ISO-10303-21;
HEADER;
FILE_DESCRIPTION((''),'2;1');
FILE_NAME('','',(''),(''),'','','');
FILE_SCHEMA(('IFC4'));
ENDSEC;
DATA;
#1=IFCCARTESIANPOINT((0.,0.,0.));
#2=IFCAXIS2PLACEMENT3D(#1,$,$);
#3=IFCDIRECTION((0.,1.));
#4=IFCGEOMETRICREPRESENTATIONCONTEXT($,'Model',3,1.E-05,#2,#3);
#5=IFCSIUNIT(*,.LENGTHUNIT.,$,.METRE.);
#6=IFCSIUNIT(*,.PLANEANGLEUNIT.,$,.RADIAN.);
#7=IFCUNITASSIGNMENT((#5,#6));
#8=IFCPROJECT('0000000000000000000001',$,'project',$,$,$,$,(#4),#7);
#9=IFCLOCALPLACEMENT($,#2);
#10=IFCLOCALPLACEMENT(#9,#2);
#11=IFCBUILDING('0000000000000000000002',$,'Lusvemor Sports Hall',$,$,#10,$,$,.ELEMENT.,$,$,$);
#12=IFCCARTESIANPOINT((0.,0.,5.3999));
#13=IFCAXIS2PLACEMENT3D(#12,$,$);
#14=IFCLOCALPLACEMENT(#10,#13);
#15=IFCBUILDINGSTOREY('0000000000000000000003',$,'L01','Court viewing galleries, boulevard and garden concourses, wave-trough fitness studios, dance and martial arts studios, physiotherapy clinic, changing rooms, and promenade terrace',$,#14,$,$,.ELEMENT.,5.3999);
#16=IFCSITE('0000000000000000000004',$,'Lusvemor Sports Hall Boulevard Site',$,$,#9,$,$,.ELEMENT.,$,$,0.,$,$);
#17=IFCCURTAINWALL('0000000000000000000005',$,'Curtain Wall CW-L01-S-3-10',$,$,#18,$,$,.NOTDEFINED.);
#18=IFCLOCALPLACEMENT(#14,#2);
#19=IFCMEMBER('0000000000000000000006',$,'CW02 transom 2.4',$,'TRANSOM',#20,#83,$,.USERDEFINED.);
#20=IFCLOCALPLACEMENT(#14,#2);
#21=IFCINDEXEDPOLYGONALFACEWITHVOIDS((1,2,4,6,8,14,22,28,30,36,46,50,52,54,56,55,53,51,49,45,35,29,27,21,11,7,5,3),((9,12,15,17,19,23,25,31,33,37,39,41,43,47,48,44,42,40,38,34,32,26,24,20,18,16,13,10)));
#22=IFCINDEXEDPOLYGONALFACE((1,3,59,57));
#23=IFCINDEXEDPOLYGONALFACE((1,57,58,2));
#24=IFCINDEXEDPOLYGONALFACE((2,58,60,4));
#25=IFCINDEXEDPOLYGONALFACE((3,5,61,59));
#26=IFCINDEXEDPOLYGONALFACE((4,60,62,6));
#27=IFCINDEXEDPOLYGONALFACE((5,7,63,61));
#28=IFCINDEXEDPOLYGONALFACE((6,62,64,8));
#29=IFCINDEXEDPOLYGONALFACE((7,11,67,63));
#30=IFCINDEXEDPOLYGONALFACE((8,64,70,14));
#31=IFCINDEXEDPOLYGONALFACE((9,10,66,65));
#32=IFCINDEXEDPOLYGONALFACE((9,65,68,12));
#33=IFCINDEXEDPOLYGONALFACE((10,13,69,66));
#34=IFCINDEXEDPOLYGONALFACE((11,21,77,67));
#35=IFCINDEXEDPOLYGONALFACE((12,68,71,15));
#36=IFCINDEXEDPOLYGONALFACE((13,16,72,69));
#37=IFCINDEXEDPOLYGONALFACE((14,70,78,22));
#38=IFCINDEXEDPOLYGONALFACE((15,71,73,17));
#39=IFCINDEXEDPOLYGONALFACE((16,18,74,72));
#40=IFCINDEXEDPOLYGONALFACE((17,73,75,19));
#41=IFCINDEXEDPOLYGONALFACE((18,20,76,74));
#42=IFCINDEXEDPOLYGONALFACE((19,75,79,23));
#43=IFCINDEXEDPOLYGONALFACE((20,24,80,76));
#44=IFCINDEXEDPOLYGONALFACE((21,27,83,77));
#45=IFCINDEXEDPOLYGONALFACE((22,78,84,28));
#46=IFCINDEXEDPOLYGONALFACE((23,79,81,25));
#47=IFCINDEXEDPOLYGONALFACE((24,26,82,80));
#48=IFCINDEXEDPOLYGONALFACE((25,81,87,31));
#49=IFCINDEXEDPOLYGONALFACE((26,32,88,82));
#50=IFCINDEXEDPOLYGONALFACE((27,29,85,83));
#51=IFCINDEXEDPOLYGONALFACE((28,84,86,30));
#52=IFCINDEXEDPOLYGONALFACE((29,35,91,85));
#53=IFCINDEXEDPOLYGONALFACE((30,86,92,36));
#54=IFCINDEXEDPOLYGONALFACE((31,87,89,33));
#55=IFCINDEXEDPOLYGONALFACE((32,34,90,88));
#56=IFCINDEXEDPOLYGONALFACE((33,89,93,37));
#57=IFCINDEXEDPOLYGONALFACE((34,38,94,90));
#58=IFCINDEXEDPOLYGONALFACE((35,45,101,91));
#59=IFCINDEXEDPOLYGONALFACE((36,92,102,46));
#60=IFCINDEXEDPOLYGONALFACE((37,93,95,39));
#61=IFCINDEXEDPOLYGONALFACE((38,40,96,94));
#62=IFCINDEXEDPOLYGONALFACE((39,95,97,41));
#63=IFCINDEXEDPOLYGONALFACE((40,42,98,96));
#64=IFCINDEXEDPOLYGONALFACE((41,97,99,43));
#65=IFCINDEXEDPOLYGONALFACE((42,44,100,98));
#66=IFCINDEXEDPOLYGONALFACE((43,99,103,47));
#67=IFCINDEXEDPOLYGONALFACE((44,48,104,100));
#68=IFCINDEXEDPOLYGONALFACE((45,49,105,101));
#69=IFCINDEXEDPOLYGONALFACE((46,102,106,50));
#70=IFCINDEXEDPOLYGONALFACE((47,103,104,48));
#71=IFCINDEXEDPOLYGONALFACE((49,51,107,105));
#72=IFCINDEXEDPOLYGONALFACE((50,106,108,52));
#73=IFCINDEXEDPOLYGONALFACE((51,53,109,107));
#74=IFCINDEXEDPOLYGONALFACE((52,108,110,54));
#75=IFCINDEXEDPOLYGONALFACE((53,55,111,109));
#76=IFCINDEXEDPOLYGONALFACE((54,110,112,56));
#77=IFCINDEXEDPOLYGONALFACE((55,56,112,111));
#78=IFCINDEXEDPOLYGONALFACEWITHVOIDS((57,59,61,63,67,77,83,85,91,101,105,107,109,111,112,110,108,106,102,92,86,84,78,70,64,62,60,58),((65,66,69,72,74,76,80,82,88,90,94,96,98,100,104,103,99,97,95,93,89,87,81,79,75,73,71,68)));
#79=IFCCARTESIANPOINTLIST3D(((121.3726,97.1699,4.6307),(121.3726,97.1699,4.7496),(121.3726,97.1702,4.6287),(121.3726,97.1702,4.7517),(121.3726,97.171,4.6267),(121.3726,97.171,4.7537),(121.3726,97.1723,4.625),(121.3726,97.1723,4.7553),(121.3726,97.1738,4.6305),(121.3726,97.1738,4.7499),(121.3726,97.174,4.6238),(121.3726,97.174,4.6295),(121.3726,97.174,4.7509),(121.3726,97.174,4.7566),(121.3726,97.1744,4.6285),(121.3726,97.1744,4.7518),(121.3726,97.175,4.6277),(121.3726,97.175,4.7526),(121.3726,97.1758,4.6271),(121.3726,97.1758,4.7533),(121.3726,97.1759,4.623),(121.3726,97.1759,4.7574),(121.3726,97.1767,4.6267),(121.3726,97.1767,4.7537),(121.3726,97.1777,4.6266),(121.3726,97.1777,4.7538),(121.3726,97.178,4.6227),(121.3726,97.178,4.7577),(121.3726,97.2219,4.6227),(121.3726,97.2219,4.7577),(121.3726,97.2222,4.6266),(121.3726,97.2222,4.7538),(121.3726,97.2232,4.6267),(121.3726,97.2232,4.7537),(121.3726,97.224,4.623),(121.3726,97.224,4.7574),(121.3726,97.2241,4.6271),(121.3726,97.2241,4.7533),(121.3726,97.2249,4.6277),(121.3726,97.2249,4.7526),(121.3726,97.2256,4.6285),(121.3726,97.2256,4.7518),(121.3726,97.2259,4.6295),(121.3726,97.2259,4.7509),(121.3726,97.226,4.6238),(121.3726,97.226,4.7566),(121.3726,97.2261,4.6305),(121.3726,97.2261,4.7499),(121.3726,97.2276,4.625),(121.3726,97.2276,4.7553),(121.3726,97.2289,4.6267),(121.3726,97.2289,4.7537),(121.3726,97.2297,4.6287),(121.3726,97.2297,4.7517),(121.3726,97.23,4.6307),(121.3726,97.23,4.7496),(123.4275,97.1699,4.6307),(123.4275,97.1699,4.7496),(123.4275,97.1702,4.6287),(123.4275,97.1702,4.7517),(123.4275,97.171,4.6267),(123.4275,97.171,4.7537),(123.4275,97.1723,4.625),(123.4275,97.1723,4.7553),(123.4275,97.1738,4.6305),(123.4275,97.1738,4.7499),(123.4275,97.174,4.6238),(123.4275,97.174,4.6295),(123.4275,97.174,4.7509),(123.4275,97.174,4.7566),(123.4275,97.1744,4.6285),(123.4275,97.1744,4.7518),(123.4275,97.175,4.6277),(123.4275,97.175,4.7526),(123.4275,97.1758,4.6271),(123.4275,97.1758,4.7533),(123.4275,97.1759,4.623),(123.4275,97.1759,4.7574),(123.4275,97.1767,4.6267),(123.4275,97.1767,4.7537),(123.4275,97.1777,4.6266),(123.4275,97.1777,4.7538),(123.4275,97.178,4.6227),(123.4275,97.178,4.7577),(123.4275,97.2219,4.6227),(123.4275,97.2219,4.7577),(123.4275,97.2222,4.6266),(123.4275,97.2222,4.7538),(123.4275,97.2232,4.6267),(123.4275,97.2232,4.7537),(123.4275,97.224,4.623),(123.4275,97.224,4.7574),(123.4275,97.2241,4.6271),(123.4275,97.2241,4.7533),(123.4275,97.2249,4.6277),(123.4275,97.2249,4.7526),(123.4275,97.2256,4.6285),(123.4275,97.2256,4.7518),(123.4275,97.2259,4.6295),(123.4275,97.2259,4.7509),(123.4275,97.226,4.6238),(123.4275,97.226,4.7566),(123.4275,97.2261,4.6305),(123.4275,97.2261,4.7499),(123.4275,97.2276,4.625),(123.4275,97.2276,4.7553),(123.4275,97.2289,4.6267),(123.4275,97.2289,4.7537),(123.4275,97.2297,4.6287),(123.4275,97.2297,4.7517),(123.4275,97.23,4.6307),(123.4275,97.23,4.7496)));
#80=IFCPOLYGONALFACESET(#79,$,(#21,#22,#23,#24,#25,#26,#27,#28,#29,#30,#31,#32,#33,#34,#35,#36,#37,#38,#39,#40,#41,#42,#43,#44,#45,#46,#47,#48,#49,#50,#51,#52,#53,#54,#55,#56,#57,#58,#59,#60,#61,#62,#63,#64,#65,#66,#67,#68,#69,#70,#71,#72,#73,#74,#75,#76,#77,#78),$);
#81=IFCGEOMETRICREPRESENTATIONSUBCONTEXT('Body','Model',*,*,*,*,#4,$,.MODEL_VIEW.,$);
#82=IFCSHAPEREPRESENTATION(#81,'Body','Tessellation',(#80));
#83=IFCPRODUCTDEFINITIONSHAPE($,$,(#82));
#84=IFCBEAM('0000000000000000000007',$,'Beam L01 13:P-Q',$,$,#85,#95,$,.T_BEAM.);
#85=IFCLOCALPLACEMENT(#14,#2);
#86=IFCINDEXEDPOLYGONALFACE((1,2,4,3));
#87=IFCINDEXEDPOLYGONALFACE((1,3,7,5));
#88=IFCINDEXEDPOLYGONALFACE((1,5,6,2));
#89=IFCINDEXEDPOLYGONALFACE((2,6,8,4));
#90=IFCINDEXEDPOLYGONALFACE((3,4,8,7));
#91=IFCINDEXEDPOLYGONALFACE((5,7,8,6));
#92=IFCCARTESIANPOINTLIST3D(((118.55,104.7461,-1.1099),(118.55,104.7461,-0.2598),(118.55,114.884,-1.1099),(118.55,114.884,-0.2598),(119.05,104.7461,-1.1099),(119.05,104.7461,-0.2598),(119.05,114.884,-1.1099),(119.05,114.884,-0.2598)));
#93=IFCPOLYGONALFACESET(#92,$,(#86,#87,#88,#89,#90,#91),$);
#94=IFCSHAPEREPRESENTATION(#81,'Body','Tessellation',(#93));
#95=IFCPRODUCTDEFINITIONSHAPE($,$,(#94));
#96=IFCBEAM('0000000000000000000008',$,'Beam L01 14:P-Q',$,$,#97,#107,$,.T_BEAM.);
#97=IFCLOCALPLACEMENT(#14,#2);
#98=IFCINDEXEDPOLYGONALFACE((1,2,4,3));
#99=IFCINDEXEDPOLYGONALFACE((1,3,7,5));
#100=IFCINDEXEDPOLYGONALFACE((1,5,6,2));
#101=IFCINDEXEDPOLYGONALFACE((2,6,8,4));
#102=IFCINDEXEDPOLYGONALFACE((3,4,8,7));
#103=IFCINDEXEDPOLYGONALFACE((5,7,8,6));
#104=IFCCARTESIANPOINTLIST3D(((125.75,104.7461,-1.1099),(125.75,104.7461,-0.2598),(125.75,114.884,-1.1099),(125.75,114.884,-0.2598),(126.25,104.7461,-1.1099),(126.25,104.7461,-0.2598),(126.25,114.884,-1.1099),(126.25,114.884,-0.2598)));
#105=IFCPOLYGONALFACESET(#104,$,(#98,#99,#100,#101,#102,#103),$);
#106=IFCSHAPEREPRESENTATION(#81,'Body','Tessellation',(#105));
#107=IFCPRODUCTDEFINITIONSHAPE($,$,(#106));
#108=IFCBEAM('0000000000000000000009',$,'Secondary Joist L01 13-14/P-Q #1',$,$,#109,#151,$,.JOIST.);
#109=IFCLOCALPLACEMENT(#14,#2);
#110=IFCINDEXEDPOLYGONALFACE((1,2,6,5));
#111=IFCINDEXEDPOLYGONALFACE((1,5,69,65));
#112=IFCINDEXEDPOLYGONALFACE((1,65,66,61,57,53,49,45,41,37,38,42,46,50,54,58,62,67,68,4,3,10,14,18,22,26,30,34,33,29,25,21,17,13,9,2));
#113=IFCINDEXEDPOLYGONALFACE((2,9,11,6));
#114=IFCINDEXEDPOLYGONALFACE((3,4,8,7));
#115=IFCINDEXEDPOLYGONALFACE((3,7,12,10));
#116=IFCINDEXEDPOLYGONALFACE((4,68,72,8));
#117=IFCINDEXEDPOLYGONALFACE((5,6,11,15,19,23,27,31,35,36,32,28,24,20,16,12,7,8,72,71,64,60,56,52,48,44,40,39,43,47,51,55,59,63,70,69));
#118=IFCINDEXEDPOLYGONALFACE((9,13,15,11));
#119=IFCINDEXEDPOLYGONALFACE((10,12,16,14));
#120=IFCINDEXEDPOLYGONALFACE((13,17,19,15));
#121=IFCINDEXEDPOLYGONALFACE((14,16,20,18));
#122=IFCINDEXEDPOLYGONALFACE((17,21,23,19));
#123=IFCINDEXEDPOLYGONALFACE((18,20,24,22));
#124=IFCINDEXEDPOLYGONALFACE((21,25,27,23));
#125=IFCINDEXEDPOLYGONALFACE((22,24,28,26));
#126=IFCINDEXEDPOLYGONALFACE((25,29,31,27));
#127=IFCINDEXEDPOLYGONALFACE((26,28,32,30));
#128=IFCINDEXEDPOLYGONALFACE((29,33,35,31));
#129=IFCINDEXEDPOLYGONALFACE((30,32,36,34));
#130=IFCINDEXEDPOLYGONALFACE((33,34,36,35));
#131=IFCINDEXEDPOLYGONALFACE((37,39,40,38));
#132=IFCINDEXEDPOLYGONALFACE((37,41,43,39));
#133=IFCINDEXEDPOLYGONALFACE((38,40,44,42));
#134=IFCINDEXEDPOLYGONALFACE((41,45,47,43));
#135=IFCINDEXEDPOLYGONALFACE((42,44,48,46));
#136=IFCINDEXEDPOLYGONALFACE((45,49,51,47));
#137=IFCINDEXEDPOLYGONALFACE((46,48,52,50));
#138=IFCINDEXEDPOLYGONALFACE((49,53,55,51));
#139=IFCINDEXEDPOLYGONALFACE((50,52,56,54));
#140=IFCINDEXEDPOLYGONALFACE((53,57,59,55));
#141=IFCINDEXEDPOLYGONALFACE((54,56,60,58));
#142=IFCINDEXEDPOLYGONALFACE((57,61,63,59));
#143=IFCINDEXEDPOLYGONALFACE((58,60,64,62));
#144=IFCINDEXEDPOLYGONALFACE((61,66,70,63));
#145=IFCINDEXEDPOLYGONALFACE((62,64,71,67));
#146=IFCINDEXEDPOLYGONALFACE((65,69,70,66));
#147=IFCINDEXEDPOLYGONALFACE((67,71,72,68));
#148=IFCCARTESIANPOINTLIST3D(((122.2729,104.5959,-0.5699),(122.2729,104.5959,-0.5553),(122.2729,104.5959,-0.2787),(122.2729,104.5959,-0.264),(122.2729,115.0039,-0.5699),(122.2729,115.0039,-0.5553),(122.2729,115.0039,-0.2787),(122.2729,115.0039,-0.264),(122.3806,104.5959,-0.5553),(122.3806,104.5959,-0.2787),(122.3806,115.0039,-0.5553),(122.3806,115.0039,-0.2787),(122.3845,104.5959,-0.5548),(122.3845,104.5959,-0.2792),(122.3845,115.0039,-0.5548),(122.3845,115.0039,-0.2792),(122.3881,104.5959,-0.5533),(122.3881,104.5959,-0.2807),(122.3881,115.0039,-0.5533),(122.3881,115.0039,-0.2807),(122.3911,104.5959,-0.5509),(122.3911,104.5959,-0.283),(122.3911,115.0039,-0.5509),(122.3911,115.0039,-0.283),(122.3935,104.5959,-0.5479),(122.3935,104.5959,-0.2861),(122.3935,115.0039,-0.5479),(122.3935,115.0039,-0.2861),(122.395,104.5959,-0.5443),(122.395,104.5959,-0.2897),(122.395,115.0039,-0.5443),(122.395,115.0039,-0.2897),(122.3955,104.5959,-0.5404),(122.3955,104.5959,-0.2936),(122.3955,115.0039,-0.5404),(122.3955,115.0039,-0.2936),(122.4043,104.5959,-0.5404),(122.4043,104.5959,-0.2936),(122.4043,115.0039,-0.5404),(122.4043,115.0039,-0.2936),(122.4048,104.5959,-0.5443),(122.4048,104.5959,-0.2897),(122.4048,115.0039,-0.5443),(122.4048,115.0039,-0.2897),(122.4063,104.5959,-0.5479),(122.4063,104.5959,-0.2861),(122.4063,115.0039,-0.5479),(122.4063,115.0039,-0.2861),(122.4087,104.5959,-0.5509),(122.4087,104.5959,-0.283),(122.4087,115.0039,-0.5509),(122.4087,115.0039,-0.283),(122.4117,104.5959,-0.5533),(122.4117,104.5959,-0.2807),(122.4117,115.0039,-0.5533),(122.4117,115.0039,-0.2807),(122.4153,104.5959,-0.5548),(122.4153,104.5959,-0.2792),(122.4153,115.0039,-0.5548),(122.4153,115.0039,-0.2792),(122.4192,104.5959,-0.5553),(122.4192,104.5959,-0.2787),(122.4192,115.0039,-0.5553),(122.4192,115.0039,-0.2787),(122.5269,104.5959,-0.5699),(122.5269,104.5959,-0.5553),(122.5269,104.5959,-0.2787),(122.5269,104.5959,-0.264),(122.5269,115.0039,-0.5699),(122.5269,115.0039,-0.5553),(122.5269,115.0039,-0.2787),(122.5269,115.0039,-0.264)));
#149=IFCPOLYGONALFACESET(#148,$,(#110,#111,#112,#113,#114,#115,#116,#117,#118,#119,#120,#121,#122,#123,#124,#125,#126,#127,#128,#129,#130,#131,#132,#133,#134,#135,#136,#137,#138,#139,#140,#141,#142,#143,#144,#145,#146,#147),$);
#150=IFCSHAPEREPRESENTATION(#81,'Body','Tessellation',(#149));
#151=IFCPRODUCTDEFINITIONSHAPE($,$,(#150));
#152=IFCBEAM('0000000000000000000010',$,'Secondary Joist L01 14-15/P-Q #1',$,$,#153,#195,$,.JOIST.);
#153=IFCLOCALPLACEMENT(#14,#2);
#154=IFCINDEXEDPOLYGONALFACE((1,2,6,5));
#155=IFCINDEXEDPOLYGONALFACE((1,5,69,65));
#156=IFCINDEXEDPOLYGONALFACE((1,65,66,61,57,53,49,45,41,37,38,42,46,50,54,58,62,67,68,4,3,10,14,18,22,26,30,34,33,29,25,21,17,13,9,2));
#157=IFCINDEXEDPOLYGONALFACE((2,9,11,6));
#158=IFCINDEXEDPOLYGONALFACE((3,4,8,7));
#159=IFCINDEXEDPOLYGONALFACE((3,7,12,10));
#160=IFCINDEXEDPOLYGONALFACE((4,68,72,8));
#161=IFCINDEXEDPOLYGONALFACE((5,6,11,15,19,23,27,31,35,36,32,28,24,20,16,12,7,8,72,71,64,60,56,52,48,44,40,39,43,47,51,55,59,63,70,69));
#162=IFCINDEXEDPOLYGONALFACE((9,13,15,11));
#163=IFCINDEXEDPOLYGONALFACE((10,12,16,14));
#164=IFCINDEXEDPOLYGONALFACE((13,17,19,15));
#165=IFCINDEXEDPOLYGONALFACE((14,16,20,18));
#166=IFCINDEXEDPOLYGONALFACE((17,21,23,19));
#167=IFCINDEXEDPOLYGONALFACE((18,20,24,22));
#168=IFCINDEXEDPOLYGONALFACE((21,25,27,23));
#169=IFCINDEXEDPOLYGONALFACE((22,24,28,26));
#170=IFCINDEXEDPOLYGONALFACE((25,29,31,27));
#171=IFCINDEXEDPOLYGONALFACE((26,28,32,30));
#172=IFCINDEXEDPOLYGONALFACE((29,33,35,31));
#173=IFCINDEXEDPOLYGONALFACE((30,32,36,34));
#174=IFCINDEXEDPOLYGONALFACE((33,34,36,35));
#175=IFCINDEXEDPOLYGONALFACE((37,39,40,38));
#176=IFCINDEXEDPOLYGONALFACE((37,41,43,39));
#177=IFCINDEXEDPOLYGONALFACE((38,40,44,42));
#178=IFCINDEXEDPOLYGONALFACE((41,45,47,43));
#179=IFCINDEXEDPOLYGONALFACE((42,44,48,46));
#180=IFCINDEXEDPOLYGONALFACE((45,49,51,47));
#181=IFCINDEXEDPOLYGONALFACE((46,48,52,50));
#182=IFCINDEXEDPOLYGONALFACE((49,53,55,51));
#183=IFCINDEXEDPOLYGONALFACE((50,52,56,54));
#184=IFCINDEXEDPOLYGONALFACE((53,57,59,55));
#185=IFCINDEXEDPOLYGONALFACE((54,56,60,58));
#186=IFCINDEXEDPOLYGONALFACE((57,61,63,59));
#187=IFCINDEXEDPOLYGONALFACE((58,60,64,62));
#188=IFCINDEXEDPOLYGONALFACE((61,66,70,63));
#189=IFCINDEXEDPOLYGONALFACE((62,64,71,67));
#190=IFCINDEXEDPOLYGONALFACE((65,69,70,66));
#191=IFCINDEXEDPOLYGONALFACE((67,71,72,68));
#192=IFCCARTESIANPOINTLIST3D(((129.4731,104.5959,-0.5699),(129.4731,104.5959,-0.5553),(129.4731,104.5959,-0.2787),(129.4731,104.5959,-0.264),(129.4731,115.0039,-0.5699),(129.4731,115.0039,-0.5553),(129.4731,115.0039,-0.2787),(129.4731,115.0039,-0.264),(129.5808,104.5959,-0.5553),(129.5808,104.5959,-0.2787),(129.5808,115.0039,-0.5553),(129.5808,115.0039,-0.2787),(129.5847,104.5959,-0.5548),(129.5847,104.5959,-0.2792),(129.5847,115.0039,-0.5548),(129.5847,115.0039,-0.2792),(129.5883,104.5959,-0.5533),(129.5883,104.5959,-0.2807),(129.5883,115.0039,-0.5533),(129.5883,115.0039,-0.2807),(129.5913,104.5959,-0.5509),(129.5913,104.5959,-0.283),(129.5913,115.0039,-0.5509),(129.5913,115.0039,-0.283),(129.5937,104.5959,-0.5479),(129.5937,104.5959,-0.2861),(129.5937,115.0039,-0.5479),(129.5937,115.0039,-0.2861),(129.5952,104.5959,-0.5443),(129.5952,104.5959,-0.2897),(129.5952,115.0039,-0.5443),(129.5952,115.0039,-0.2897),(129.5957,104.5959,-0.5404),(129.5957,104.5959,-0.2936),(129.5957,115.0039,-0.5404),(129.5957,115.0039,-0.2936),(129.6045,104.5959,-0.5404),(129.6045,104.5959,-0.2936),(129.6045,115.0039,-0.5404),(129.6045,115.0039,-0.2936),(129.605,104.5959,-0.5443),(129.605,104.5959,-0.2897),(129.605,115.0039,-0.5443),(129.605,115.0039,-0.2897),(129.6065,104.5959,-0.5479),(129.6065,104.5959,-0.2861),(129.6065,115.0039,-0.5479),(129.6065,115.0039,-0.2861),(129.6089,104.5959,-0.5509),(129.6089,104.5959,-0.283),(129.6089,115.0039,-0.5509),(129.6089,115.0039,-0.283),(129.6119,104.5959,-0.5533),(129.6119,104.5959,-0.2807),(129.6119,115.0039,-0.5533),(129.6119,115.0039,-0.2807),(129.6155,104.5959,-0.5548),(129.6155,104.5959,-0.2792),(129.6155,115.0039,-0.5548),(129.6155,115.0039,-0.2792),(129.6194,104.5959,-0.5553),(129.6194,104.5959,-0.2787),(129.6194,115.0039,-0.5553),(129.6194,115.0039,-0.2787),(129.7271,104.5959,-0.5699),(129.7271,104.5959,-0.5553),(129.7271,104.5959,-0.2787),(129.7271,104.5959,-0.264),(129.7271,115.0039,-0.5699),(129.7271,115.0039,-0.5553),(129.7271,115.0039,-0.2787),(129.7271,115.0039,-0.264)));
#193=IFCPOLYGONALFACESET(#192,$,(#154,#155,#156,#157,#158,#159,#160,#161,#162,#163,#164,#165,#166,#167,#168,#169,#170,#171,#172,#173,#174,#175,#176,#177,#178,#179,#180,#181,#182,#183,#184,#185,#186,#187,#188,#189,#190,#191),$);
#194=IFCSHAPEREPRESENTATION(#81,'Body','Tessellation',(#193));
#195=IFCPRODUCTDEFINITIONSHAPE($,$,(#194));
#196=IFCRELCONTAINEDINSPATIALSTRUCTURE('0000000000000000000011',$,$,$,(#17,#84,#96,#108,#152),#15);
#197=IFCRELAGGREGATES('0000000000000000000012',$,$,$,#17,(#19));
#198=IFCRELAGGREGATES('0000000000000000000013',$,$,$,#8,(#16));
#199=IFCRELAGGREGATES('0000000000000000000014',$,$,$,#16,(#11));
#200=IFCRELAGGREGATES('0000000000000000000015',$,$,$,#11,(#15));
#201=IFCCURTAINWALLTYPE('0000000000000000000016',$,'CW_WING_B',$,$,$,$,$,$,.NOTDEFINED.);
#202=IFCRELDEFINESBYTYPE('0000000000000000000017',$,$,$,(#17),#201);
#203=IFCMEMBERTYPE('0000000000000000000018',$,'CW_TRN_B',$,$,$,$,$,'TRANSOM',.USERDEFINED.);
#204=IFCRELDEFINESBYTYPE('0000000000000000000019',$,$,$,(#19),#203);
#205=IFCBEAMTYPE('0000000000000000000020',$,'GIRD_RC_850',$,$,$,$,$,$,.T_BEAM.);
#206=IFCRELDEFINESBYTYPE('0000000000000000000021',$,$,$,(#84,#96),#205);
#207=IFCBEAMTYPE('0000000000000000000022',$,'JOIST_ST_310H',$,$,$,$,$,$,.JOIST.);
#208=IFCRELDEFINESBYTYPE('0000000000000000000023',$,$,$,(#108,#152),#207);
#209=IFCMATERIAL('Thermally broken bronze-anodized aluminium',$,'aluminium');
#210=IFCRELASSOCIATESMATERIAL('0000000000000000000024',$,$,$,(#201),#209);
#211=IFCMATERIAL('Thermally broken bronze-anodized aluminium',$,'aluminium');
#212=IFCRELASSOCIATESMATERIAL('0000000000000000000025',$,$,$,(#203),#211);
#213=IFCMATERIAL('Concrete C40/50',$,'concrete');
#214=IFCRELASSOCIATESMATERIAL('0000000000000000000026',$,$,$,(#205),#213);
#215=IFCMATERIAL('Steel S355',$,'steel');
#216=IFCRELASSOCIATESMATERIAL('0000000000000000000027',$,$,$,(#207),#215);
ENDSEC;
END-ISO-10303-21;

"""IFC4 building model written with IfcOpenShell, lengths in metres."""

from ifc_helpers import new_model, si_unit, direction, frame, origin, origin_2d, place, context, subcontext, project, spatial, rectangle, hollow_rectangle, i_section, extrude, material, material_profile, profile_set, type_object, element, aggregate, save


model = new_model("IFC4")

# Units and contexts
model_context = context("Model", 3, precision=1e-05, world=origin(), true_north=direction((0.0, 1.0)))
body_context = subcontext(model_context, "Body", "Model", "MODEL_VIEW")
ifc_project = project(units=[si_unit("LENGTHUNIT", "METRE"), si_unit("PLANEANGLEUNIT", "RADIAN")], contexts=[model_context])

# Site, building, storey
site_placement = place(None, origin())
site = spatial("IfcSite", under=ifc_project, at=site_placement, Name="Lusvemor Sports Hall Boulevard Site", CompositionType="ELEMENT", RefElevation=0.0)
building_placement = place(site_placement, origin())
building = spatial("IfcBuilding", under=site, at=building_placement, Name="Lusvemor Sports Hall", CompositionType="ELEMENT")
storey_placement = place(building_placement, frame((0.0, 0.0, 5.3999)))
storey = spatial("IfcBuildingStorey", under=building, at=storey_placement, Name="L01", Description="Court viewing galleries, boulevard and garden concourses, wave-trough fitness studios, dance and martial arts studios, physiotherapy clinic, changing rooms, and promenade terrace", CompositionType="ELEMENT", Elevation=5.3999)

# Curtain wall, member
ifc_material_1 = material(Name="Thermally broken bronze-anodized aluminium", Category="aluminium")
curtain_wall_type = type_object("IfcCurtainWallType", Name="CW_WING_B", PredefinedType="NOTDEFINED", material=ifc_material_1)
curtain_wall_placement = place(storey_placement, origin())
curtain_wall = element("IfcCurtainWall", 1, at=curtain_wall_placement, inside=storey, type_object=curtain_wall_type, Name="Curtain Wall CW-L01-S-3-10", PredefinedType="NOTDEFINED")
ifc_material_2 = material(Name="Thermally broken bronze-anodized aluminium", Category="aluminium")
ifc_material_profile_1 = material_profile(ifc_material_2, hollow_rectangle(XDim=0.0601, YDim=0.135, WallThickness=0.0039, InnerFilletRadius=0.0039, OuterFilletRadius=0.0081, at=origin_2d()), Name="CWTRN135x60x4")
ifc_profile_set_1 = profile_set([ifc_material_profile_1], Name="Thermally broken bronze-anodized aluminium")
member_type_1 = type_object("IfcMemberType", Name="CW_TRN_B", ElementType="TRANSOM", PredefinedType="USERDEFINED", material=ifc_profile_set_1)
member_1_placement = place(storey_placement, frame((123.4275, 97.2, 4.6902), z_axis=(-1.0, 0.0, 0.0), x_axis=(0.0, -1.0, 0.0)))
member_1 = element("IfcMember", 2, at=member_1_placement, type_object=member_type_1, Name="CW02 transom 2.4", ObjectType="TRANSOM", PredefinedType="USERDEFINED", context=body_context, shape_type="SweptSolid", body=[
    extrude(hollow_rectangle(XDim=0.0601, YDim=0.135, WallThickness=0.0039, InnerFilletRadius=0.0039, OuterFilletRadius=0.0081, at=origin_2d()), origin(), (0.0, 0.0, 1.0), 2.0549),
])

# Beams
ifc_material_3 = material(Name="Concrete C40/50", Category="concrete")
ifc_material_profile_2 = material_profile(ifc_material_3, rectangle(XDim=0.5, YDim=0.8501, at=origin_2d()), Name="RC500x850")
ifc_profile_set_2 = profile_set([ifc_material_profile_2], Name="Concrete C40/50")
beam_type_1 = type_object("IfcBeamType", Name="GIRD_RC_850", PredefinedType="T_BEAM", material=ifc_profile_set_2)
for number, where, z_axis, x_axis, name in (
    (3, (118.8, 104.7461, -0.6848), (0.0, 1.0, 0.0), (-1.0, 0.0, 0.0), "Beam L01 13:P-Q"),
    (4, (126.0, 104.7461, -0.6848), (0.0, 1.0, 0.0), (-1.0, 0.0, 0.0), "Beam L01 14:P-Q"),
):
    element("IfcBeam", number, at=place(storey_placement, frame(where, z_axis=z_axis, x_axis=x_axis)), inside=storey, type_object=beam_type_1, Name=name, PredefinedType="T_BEAM", context=body_context, shape_type="SweptSolid", body=[
        extrude(rectangle(XDim=0.5, YDim=0.8501, at=origin_2d()), origin(), (0.0, 0.0, 1.0), 10.1379),
    ])
ifc_material_4 = material(Name="Steel S355", Category="steel")
ifc_material_profile_3 = material_profile(ifc_material_4, i_section(OverallWidth=0.2539, OverallDepth=0.3059, WebThickness=0.0088, FlangeThickness=0.0146, FilletRadius=0.0149, at=origin_2d()), Name="W310x79.0")
ifc_profile_set_3 = profile_set([ifc_material_profile_3], Name="Steel S355")
beam_type_2 = type_object("IfcBeamType", Name="JOIST_ST_310H", PredefinedType="JOIST", material=ifc_profile_set_3)
for number, where, z_axis, x_axis, name in (
    (5, (122.3999, 104.5959, -0.417), (0.0, 1.0, 0.0), (-1.0, 0.0, 0.0), "Secondary Joist L01 13-14/P-Q #1"),
    (6, (129.6001, 104.5959, -0.417), (0.0, 1.0, 0.0), (-1.0, 0.0, 0.0), "Secondary Joist L01 14-15/P-Q #1"),
):
    element("IfcBeam", number, at=place(storey_placement, frame(where, z_axis=z_axis, x_axis=x_axis)), inside=storey, type_object=beam_type_2, Name=name, PredefinedType="JOIST", context=body_context, shape_type="SweptSolid", body=[
        extrude(i_section(OverallWidth=0.2539, OverallDepth=0.3059, WebThickness=0.0088, FlangeThickness=0.0146, FilletRadius=0.0149, at=origin_2d()), origin(), (0.0, 0.0, 1.0), 10.408),
    ])

aggregate(curtain_wall, [member_1])

save(model, "model.ifc")
